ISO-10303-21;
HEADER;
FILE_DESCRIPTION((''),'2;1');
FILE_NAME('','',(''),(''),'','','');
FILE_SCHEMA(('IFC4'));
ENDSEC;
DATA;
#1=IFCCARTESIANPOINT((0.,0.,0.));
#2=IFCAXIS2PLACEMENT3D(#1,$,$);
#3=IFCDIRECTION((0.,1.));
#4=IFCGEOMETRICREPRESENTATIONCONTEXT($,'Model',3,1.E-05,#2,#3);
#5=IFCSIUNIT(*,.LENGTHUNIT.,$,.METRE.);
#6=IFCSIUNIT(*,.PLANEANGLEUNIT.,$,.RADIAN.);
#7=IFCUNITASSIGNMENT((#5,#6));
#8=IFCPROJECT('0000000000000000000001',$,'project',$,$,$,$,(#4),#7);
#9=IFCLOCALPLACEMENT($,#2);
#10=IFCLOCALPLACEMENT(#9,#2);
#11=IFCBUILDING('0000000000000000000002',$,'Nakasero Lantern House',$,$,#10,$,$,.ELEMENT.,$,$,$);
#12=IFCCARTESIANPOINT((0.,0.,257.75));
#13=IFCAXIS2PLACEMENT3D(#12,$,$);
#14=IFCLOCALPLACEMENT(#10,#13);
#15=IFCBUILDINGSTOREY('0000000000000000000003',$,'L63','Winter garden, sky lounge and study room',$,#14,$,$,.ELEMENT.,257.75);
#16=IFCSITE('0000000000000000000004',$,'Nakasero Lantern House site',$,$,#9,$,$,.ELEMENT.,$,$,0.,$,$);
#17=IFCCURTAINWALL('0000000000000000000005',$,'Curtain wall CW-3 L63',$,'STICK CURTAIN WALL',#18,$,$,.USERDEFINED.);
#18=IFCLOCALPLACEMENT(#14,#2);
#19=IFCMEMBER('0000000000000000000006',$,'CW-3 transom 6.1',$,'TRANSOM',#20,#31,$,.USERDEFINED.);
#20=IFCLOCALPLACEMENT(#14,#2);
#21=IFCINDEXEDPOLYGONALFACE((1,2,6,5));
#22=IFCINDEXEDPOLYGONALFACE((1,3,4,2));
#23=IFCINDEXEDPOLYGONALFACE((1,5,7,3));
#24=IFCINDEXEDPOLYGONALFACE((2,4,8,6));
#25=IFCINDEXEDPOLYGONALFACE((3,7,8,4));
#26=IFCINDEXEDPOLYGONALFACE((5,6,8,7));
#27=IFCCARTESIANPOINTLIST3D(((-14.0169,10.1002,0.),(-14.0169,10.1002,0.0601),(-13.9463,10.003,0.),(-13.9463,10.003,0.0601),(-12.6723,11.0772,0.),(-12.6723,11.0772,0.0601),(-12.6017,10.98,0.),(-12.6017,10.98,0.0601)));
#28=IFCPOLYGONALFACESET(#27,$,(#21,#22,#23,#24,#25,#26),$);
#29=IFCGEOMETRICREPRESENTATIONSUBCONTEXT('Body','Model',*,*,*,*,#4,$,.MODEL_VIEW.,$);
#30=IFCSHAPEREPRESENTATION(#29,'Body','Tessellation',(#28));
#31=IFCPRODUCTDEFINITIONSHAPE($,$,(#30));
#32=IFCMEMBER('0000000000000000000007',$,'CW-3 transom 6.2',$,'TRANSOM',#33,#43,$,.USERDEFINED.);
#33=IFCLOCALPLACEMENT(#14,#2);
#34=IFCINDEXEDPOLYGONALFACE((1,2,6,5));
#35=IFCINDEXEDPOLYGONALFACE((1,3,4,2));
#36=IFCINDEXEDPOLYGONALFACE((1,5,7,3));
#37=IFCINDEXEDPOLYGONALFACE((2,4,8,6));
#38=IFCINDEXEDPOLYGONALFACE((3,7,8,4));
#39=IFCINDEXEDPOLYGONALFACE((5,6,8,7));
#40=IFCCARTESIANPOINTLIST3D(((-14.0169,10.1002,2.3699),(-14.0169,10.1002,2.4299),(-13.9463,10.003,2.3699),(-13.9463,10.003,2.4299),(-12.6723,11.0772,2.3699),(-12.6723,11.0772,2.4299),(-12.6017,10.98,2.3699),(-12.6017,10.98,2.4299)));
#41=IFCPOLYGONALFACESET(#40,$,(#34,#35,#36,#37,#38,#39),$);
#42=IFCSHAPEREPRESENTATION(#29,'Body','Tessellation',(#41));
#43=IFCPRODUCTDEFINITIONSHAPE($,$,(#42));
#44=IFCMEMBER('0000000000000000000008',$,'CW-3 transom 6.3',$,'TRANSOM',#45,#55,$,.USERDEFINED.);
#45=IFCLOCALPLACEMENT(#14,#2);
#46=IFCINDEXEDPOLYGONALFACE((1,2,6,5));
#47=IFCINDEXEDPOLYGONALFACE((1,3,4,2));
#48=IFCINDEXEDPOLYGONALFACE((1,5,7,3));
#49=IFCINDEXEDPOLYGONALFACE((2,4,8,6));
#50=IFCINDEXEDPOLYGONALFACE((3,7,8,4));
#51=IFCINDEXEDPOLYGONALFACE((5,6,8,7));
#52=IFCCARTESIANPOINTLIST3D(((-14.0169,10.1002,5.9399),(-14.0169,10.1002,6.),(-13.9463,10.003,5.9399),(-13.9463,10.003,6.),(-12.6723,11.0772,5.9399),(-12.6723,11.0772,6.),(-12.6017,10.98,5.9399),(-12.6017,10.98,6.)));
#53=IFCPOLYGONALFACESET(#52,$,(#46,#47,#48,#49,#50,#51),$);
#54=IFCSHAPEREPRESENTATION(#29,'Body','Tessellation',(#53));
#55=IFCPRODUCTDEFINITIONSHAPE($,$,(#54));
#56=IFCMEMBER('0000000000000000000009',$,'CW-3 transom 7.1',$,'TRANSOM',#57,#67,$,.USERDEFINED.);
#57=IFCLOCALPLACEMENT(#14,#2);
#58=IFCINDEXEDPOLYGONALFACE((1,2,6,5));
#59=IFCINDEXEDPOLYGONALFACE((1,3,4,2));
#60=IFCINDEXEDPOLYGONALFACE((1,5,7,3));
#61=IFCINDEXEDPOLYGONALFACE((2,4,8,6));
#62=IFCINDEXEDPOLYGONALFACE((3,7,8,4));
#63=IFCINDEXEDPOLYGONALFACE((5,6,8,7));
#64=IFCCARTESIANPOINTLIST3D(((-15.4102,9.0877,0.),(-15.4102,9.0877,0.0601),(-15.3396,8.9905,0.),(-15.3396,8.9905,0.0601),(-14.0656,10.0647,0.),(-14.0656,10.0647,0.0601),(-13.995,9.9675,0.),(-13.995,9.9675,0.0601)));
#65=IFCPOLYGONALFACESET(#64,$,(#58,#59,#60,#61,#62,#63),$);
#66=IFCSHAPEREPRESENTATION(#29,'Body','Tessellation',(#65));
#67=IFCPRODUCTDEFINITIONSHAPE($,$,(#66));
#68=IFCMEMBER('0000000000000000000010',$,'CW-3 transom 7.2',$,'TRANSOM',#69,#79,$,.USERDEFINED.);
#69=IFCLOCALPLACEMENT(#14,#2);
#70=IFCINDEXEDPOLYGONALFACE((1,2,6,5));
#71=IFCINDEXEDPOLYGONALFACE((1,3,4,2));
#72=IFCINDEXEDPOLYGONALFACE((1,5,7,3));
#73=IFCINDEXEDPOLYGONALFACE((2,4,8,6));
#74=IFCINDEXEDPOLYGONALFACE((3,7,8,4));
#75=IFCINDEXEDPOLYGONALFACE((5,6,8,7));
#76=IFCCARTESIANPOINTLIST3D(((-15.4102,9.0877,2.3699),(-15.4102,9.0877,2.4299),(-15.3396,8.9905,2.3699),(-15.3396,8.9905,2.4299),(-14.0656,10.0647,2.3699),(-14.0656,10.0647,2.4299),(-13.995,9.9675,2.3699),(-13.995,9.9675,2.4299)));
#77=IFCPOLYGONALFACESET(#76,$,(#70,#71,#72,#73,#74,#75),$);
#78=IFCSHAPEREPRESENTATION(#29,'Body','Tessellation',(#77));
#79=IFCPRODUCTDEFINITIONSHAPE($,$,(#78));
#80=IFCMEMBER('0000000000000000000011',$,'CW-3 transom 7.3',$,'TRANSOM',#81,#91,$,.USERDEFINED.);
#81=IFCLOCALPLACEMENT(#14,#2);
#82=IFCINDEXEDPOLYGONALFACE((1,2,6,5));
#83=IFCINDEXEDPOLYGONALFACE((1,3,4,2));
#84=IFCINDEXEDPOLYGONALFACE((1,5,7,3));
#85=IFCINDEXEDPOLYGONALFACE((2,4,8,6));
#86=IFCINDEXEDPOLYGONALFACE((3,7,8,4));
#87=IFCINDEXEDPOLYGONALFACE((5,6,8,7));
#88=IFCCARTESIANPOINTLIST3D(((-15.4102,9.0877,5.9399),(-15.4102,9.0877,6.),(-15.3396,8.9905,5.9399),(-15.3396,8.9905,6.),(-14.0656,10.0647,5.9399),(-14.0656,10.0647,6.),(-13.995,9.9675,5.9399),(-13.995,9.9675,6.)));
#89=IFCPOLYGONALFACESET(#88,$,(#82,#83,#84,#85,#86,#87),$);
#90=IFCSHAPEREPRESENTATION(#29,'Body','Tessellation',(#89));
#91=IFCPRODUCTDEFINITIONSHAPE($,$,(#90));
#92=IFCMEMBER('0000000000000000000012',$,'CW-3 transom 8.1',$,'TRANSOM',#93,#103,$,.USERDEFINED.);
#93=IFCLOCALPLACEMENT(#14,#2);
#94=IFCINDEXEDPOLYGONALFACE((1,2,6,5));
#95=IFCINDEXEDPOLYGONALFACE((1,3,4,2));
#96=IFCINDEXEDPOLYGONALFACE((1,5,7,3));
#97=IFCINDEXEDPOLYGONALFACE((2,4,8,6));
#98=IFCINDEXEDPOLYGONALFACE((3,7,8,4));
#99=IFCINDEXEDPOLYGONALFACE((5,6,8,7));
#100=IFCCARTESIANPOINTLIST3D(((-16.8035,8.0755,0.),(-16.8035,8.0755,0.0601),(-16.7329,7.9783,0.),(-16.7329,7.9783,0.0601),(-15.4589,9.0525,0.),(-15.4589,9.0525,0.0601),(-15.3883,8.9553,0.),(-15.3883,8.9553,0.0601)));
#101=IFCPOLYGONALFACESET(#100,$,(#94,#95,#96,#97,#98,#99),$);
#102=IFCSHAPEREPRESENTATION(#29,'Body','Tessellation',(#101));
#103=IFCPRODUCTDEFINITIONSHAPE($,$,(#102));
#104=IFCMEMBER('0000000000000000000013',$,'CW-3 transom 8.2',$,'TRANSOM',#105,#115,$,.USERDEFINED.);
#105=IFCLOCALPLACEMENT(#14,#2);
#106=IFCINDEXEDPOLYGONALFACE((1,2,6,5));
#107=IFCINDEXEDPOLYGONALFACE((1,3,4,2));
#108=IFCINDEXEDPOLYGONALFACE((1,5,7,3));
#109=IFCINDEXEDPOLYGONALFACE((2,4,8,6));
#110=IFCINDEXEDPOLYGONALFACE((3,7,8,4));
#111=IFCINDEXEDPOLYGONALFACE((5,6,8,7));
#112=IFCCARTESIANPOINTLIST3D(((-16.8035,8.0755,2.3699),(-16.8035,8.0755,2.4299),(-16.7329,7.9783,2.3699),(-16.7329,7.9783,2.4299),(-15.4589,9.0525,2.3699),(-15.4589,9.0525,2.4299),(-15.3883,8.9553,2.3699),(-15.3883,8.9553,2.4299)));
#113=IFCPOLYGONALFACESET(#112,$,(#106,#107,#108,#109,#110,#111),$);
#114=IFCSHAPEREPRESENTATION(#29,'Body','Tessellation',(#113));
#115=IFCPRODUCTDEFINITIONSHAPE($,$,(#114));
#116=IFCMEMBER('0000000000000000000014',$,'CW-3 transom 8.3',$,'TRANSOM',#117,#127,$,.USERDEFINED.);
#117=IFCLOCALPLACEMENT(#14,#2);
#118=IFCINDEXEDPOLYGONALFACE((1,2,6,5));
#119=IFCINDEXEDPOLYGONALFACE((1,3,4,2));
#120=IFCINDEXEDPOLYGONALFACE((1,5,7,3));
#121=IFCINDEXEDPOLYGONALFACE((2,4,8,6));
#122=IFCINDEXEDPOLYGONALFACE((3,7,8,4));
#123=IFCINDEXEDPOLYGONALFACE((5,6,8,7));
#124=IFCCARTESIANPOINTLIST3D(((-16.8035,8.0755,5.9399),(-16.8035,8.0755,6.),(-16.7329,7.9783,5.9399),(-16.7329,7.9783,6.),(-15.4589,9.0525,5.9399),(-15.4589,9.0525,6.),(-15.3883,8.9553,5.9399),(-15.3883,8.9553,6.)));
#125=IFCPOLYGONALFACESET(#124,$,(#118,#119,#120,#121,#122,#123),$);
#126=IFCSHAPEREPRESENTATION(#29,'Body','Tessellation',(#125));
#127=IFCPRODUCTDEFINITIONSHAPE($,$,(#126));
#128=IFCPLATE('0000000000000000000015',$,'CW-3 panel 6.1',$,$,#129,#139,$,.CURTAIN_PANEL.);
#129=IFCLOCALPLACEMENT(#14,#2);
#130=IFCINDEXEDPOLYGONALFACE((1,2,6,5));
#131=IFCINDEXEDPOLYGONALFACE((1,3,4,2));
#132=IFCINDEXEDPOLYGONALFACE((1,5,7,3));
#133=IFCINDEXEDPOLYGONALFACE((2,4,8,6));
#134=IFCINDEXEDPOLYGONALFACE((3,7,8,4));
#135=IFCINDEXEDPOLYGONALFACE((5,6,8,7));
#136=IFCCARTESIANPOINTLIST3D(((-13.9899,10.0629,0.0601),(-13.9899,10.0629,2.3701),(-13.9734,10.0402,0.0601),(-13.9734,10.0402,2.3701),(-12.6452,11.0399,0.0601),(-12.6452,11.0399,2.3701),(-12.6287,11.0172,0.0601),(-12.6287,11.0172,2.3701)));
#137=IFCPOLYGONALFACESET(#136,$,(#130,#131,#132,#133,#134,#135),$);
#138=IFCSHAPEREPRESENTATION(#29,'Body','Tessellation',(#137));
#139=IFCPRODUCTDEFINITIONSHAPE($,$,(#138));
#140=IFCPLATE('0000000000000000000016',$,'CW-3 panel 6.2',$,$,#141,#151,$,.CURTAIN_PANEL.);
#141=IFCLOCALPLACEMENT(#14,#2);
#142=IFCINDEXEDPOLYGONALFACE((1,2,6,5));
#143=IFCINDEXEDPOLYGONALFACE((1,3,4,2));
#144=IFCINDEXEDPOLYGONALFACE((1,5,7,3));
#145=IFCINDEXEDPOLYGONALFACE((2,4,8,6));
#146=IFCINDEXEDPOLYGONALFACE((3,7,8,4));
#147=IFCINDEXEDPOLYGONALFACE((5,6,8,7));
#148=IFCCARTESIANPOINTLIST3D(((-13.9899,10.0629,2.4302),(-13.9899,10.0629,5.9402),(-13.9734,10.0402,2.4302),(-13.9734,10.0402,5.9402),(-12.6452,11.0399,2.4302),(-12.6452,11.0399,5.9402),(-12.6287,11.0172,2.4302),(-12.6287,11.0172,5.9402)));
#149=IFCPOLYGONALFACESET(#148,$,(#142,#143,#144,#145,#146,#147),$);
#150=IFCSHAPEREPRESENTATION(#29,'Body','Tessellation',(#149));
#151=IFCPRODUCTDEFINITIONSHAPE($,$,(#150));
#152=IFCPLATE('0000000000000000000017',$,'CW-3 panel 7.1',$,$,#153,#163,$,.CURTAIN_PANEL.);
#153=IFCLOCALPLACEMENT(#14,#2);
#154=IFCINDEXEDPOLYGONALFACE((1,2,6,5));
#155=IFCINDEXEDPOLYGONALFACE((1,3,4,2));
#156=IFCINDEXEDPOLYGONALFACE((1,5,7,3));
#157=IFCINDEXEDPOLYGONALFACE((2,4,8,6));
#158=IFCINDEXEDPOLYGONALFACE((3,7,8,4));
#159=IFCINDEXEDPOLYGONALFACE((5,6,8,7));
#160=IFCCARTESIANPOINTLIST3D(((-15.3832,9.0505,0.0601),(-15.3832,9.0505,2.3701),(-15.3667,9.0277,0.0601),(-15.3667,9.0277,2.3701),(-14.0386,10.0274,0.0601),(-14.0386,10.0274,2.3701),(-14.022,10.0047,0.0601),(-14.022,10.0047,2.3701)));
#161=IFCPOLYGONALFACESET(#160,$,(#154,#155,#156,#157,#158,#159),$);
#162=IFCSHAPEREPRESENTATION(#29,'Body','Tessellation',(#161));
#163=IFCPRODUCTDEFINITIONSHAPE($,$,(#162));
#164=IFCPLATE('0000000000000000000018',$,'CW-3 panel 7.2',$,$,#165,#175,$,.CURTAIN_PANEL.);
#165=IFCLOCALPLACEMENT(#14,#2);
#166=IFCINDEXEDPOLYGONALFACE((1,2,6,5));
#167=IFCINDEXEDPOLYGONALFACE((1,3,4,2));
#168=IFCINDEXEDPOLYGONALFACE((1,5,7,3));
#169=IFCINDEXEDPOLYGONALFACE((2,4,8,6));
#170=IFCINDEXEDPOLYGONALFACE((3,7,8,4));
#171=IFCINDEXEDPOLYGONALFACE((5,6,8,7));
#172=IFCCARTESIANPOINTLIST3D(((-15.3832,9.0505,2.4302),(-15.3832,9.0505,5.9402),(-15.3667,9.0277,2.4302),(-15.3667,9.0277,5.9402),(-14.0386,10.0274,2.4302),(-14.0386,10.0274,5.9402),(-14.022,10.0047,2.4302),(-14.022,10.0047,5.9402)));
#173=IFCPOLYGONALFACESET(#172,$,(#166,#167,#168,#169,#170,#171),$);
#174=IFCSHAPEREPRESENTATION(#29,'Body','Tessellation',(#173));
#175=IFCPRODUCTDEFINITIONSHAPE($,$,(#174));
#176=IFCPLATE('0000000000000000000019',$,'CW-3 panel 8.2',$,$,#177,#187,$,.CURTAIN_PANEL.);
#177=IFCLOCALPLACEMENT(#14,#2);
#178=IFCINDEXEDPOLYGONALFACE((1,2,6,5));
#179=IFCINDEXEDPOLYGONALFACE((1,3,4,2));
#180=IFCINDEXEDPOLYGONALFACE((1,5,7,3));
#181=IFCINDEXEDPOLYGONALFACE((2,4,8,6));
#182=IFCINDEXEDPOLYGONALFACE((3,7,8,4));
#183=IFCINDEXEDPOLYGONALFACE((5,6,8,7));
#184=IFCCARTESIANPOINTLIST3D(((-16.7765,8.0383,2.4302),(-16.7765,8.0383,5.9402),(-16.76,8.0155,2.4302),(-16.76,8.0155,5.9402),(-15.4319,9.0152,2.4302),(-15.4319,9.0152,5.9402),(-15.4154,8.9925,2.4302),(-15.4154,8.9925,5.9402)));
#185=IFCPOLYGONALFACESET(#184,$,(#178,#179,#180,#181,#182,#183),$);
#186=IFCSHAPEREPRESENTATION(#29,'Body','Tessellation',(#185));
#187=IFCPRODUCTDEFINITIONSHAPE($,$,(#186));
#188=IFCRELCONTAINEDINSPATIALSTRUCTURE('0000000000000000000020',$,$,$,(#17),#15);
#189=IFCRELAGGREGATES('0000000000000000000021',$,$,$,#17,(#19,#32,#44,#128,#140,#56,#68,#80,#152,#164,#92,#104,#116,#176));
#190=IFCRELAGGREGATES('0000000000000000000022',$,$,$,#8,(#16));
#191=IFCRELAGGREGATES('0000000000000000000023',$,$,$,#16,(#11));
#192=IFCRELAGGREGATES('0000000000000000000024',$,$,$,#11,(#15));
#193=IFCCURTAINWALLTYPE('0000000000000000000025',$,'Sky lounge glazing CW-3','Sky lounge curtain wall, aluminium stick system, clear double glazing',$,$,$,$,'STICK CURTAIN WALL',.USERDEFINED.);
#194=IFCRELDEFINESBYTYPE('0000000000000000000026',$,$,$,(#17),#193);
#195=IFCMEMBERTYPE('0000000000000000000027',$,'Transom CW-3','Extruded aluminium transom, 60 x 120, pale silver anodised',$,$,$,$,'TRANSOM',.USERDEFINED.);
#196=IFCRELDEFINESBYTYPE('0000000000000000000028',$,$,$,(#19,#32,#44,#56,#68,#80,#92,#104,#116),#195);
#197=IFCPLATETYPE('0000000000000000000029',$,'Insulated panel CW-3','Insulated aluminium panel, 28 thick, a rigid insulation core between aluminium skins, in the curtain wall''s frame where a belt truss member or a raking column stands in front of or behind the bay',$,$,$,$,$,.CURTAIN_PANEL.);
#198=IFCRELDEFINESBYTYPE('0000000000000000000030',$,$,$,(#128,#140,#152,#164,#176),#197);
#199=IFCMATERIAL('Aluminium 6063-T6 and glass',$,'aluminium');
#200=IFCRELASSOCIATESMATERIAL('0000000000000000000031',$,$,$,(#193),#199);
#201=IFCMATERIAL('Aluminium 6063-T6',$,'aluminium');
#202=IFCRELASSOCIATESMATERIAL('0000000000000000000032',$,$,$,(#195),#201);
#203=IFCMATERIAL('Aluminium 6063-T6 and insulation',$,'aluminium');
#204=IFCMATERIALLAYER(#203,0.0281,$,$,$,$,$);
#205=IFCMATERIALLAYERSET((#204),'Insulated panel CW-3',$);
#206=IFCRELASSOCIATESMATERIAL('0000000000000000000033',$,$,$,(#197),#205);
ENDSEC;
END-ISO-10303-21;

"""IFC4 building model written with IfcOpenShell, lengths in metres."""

from ifc_helpers import new_model, si_unit, direction, frame, origin, origin_2d, place, context, subcontext, project, spatial, rectangle, extrude, material, layer, layer_set, material_profile, profile_set, type_object, element, aggregate, save


model = new_model("IFC4")

# Units and contexts
model_context = context("Model", 3, precision=1e-05, world=origin(), true_north=direction((0.0, 1.0)))
body_context = subcontext(model_context, "Body", "Model", "MODEL_VIEW")
ifc_project = project(units=[si_unit("LENGTHUNIT", "METRE"), si_unit("PLANEANGLEUNIT", "RADIAN")], contexts=[model_context])

# Site, building, storey
site_placement = place(None, origin())
site = spatial("IfcSite", under=ifc_project, at=site_placement, Name="Nakasero Lantern House site", CompositionType="ELEMENT", RefElevation=0.0)
building_placement = place(site_placement, origin())
building = spatial("IfcBuilding", under=site, at=building_placement, Name="Nakasero Lantern House", CompositionType="ELEMENT")
storey_placement = place(building_placement, frame((0.0, 0.0, 257.75)))
storey = spatial("IfcBuildingStorey", under=building, at=storey_placement, Name="L63", Description="Winter garden, sky lounge and study room", CompositionType="ELEMENT", Elevation=257.75)

# Curtain wall
ifc_material_1 = material(Name="Aluminium 6063-T6 and glass", Category="aluminium")
curtain_wall_type = type_object("IfcCurtainWallType", Name="Sky lounge glazing CW-3", Description="Sky lounge curtain wall, aluminium stick system, clear double glazing", ElementType="STICK CURTAIN WALL", PredefinedType="USERDEFINED", material=ifc_material_1)
curtain_wall_placement = place(storey_placement, origin())
curtain_wall = element("IfcCurtainWall", 1, at=curtain_wall_placement, inside=storey, type_object=curtain_wall_type, Name="Curtain wall CW-3 L63", ObjectType="STICK CURTAIN WALL", PredefinedType="USERDEFINED")

# Members
ifc_material_2 = material(Name="Aluminium 6063-T6", Category="aluminium")
ifc_material_profile_1 = material_profile(ifc_material_2, rectangle(XDim=0.0601, YDim=0.1201, at=origin_2d()), Name="CW-3 transom 60x120")
ifc_profile_set_1 = profile_set([ifc_material_profile_1], Name="Aluminium 6063-T6")
member_type_1 = type_object("IfcMemberType", Name="Transom CW-3", Description="Extruded aluminium transom, 60 x 120, pale silver anodised", ElementType="TRANSOM", PredefinedType="USERDEFINED", material=ifc_profile_set_1)
member_1_placement = place(storey_placement, frame((-12.637, 11.0286, 0.03), z_axis=(-0.809003, -0.587805, 0.0), x_axis=(0.0, 0.0, 1.0)))
member_1 = element("IfcMember", 2, at=member_1_placement, type_object=member_type_1, Name="CW-3 transom 6.1", ObjectType="TRANSOM", PredefinedType="USERDEFINED", context=body_context, shape_type="SweptSolid", body=[
    extrude(rectangle(XDim=0.0601, YDim=0.1201, at=origin_2d()), origin(), (0.0, 0.0, 1.0), 1.6621),
])
member_2_placement = place(storey_placement, frame((-12.637, 11.0286, 2.3999), z_axis=(-0.809003, -0.587805, 0.0), x_axis=(0.0, 0.0, 1.0)))
member_2 = element("IfcMember", 3, at=member_2_placement, type_object=member_type_1, Name="CW-3 transom 6.2", ObjectType="TRANSOM", PredefinedType="USERDEFINED", context=body_context, shape_type="SweptSolid", body=[
    extrude(rectangle(XDim=0.0601, YDim=0.1201, at=origin_2d()), origin(), (0.0, 0.0, 1.0), 1.6621),
])
member_3_placement = place(storey_placement, frame((-12.637, 11.0286, 5.97), z_axis=(-0.809003, -0.587805, 0.0), x_axis=(0.0, 0.0, 1.0)))
member_3 = element("IfcMember", 4, at=member_3_placement, type_object=member_type_1, Name="CW-3 transom 6.3", ObjectType="TRANSOM", PredefinedType="USERDEFINED", context=body_context, shape_type="SweptSolid", body=[
    extrude(rectangle(XDim=0.0601, YDim=0.1201, at=origin_2d()), origin(), (0.0, 0.0, 1.0), 1.6621),
])
member_4_placement = place(storey_placement, frame((-14.0303, 10.0161, 0.03), z_axis=(-0.809003, -0.587805, 0.0), x_axis=(0.0, 0.0, 1.0)))
member_4 = element("IfcMember", 5, at=member_4_placement, type_object=member_type_1, Name="CW-3 transom 7.1", ObjectType="TRANSOM", PredefinedType="USERDEFINED", context=body_context, shape_type="SweptSolid", body=[
    extrude(rectangle(XDim=0.0601, YDim=0.1201, at=origin_2d()), origin(), (0.0, 0.0, 1.0), 1.6621),
])
member_5_placement = place(storey_placement, frame((-14.0303, 10.0161, 2.3999), z_axis=(-0.809003, -0.587805, 0.0), x_axis=(0.0, 0.0, 1.0)))
member_5 = element("IfcMember", 6, at=member_5_placement, type_object=member_type_1, Name="CW-3 transom 7.2", ObjectType="TRANSOM", PredefinedType="USERDEFINED", context=body_context, shape_type="SweptSolid", body=[
    extrude(rectangle(XDim=0.0601, YDim=0.1201, at=origin_2d()), origin(), (0.0, 0.0, 1.0), 1.6621),
])
member_6_placement = place(storey_placement, frame((-14.0303, 10.0161, 5.97), z_axis=(-0.809003, -0.587805, 0.0), x_axis=(0.0, 0.0, 1.0)))
member_6 = element("IfcMember", 7, at=member_6_placement, type_object=member_type_1, Name="CW-3 transom 7.3", ObjectType="TRANSOM", PredefinedType="USERDEFINED", context=body_context, shape_type="SweptSolid", body=[
    extrude(rectangle(XDim=0.0601, YDim=0.1201, at=origin_2d()), origin(), (0.0, 0.0, 1.0), 1.6621),
])
member_7_placement = place(storey_placement, frame((-15.4236, 9.0039, 0.03), z_axis=(-0.809003, -0.587805, 0.0), x_axis=(0.0, 0.0, 1.0)))
member_7 = element("IfcMember", 8, at=member_7_placement, type_object=member_type_1, Name="CW-3 transom 8.1", ObjectType="TRANSOM", PredefinedType="USERDEFINED", context=body_context, shape_type="SweptSolid", body=[
    extrude(rectangle(XDim=0.0601, YDim=0.1201, at=origin_2d()), origin(), (0.0, 0.0, 1.0), 1.6621),
])
member_8_placement = place(storey_placement, frame((-15.4236, 9.0039, 2.3999), z_axis=(-0.809003, -0.587805, 0.0), x_axis=(0.0, 0.0, 1.0)))
member_8 = element("IfcMember", 9, at=member_8_placement, type_object=member_type_1, Name="CW-3 transom 8.2", ObjectType="TRANSOM", PredefinedType="USERDEFINED", context=body_context, shape_type="SweptSolid", body=[
    extrude(rectangle(XDim=0.0601, YDim=0.1201, at=origin_2d()), origin(), (0.0, 0.0, 1.0), 1.6621),
])
member_9_placement = place(storey_placement, frame((-15.4236, 9.0039, 5.97), z_axis=(-0.809003, -0.587805, 0.0), x_axis=(0.0, 0.0, 1.0)))
member_9 = element("IfcMember", 10, at=member_9_placement, type_object=member_type_1, Name="CW-3 transom 8.3", ObjectType="TRANSOM", PredefinedType="USERDEFINED", context=body_context, shape_type="SweptSolid", body=[
    extrude(rectangle(XDim=0.0601, YDim=0.1201, at=origin_2d()), origin(), (0.0, 0.0, 1.0), 1.6621),
])

# Plates
ifc_material_3 = material(Name="Aluminium 6063-T6 and insulation", Category="aluminium")
ifc_layer_1 = layer(ifc_material_3, 0.0281)
ifc_layer_set_1 = layer_set([ifc_layer_1], Name="Insulated panel CW-3")
plate_type_1 = type_object("IfcPlateType", Name="Insulated panel CW-3", Description="Insulated aluminium panel, 28 thick, a rigid insulation core between aluminium skins, in the curtain wall's frame where a belt truss member or a raking column stands in front of or behind the bay", PredefinedType="CURTAIN_PANEL", material=ifc_layer_set_1)
plate_1_placement = place(storey_placement, frame((-13.3093, 10.54, 0.0601), z_axis=(0.0, 0.0, 1.0), x_axis=(-0.809017, -0.587785, 0.0)))
plate_1 = element("IfcPlate", 11, at=plate_1_placement, type_object=plate_type_1, Name="CW-3 panel 6.1", PredefinedType="CURTAIN_PANEL", context=body_context, shape_type="SweptSolid", body=[
    extrude(rectangle(XDim=1.6621, YDim=0.0281, at=origin_2d()), origin(), (0.0, 0.0, 1.0), 2.3101),
])
plate_2_placement = place(storey_placement, frame((-13.3093, 10.54, 2.4302), z_axis=(0.0, 0.0, 1.0), x_axis=(-0.809017, -0.587785, 0.0)))
plate_2 = element("IfcPlate", 12, at=plate_2_placement, type_object=plate_type_1, Name="CW-3 panel 6.2", PredefinedType="CURTAIN_PANEL", context=body_context, shape_type="SweptSolid", body=[
    extrude(rectangle(XDim=1.6621, YDim=0.0281, at=origin_2d()), origin(), (0.0, 0.0, 1.0), 3.51),
])
plate_3_placement = place(storey_placement, frame((-14.7026, 9.5276, 0.0601), z_axis=(0.0, 0.0, 1.0), x_axis=(-0.809017, -0.587785, 0.0)))
plate_3 = element("IfcPlate", 13, at=plate_3_placement, type_object=plate_type_1, Name="CW-3 panel 7.1", PredefinedType="CURTAIN_PANEL", context=body_context, shape_type="SweptSolid", body=[
    extrude(rectangle(XDim=1.6621, YDim=0.0281, at=origin_2d()), origin(), (0.0, 0.0, 1.0), 2.3101),
])
plate_4_placement = place(storey_placement, frame((-14.7026, 9.5276, 2.4302), z_axis=(0.0, 0.0, 1.0), x_axis=(-0.809017, -0.587785, 0.0)))
plate_4 = element("IfcPlate", 14, at=plate_4_placement, type_object=plate_type_1, Name="CW-3 panel 7.2", PredefinedType="CURTAIN_PANEL", context=body_context, shape_type="SweptSolid", body=[
    extrude(rectangle(XDim=1.6621, YDim=0.0281, at=origin_2d()), origin(), (0.0, 0.0, 1.0), 3.51),
])
plate_5_placement = place(storey_placement, frame((-16.0959, 8.5154, 2.4302), z_axis=(0.0, 0.0, 1.0), x_axis=(-0.809017, -0.587785, 0.0)))
plate_5 = element("IfcPlate", 15, at=plate_5_placement, type_object=plate_type_1, Name="CW-3 panel 8.2", PredefinedType="CURTAIN_PANEL", context=body_context, shape_type="SweptSolid", body=[
    extrude(rectangle(XDim=1.6621, YDim=0.0281, at=origin_2d()), origin(), (0.0, 0.0, 1.0), 3.51),
])
aggregate(curtain_wall, [member_1, member_2, member_3, plate_1, plate_2, member_4, member_5, member_6, plate_3, plate_4, member_7, member_8, member_9, plate_5])

save(model, "model.ifc")
